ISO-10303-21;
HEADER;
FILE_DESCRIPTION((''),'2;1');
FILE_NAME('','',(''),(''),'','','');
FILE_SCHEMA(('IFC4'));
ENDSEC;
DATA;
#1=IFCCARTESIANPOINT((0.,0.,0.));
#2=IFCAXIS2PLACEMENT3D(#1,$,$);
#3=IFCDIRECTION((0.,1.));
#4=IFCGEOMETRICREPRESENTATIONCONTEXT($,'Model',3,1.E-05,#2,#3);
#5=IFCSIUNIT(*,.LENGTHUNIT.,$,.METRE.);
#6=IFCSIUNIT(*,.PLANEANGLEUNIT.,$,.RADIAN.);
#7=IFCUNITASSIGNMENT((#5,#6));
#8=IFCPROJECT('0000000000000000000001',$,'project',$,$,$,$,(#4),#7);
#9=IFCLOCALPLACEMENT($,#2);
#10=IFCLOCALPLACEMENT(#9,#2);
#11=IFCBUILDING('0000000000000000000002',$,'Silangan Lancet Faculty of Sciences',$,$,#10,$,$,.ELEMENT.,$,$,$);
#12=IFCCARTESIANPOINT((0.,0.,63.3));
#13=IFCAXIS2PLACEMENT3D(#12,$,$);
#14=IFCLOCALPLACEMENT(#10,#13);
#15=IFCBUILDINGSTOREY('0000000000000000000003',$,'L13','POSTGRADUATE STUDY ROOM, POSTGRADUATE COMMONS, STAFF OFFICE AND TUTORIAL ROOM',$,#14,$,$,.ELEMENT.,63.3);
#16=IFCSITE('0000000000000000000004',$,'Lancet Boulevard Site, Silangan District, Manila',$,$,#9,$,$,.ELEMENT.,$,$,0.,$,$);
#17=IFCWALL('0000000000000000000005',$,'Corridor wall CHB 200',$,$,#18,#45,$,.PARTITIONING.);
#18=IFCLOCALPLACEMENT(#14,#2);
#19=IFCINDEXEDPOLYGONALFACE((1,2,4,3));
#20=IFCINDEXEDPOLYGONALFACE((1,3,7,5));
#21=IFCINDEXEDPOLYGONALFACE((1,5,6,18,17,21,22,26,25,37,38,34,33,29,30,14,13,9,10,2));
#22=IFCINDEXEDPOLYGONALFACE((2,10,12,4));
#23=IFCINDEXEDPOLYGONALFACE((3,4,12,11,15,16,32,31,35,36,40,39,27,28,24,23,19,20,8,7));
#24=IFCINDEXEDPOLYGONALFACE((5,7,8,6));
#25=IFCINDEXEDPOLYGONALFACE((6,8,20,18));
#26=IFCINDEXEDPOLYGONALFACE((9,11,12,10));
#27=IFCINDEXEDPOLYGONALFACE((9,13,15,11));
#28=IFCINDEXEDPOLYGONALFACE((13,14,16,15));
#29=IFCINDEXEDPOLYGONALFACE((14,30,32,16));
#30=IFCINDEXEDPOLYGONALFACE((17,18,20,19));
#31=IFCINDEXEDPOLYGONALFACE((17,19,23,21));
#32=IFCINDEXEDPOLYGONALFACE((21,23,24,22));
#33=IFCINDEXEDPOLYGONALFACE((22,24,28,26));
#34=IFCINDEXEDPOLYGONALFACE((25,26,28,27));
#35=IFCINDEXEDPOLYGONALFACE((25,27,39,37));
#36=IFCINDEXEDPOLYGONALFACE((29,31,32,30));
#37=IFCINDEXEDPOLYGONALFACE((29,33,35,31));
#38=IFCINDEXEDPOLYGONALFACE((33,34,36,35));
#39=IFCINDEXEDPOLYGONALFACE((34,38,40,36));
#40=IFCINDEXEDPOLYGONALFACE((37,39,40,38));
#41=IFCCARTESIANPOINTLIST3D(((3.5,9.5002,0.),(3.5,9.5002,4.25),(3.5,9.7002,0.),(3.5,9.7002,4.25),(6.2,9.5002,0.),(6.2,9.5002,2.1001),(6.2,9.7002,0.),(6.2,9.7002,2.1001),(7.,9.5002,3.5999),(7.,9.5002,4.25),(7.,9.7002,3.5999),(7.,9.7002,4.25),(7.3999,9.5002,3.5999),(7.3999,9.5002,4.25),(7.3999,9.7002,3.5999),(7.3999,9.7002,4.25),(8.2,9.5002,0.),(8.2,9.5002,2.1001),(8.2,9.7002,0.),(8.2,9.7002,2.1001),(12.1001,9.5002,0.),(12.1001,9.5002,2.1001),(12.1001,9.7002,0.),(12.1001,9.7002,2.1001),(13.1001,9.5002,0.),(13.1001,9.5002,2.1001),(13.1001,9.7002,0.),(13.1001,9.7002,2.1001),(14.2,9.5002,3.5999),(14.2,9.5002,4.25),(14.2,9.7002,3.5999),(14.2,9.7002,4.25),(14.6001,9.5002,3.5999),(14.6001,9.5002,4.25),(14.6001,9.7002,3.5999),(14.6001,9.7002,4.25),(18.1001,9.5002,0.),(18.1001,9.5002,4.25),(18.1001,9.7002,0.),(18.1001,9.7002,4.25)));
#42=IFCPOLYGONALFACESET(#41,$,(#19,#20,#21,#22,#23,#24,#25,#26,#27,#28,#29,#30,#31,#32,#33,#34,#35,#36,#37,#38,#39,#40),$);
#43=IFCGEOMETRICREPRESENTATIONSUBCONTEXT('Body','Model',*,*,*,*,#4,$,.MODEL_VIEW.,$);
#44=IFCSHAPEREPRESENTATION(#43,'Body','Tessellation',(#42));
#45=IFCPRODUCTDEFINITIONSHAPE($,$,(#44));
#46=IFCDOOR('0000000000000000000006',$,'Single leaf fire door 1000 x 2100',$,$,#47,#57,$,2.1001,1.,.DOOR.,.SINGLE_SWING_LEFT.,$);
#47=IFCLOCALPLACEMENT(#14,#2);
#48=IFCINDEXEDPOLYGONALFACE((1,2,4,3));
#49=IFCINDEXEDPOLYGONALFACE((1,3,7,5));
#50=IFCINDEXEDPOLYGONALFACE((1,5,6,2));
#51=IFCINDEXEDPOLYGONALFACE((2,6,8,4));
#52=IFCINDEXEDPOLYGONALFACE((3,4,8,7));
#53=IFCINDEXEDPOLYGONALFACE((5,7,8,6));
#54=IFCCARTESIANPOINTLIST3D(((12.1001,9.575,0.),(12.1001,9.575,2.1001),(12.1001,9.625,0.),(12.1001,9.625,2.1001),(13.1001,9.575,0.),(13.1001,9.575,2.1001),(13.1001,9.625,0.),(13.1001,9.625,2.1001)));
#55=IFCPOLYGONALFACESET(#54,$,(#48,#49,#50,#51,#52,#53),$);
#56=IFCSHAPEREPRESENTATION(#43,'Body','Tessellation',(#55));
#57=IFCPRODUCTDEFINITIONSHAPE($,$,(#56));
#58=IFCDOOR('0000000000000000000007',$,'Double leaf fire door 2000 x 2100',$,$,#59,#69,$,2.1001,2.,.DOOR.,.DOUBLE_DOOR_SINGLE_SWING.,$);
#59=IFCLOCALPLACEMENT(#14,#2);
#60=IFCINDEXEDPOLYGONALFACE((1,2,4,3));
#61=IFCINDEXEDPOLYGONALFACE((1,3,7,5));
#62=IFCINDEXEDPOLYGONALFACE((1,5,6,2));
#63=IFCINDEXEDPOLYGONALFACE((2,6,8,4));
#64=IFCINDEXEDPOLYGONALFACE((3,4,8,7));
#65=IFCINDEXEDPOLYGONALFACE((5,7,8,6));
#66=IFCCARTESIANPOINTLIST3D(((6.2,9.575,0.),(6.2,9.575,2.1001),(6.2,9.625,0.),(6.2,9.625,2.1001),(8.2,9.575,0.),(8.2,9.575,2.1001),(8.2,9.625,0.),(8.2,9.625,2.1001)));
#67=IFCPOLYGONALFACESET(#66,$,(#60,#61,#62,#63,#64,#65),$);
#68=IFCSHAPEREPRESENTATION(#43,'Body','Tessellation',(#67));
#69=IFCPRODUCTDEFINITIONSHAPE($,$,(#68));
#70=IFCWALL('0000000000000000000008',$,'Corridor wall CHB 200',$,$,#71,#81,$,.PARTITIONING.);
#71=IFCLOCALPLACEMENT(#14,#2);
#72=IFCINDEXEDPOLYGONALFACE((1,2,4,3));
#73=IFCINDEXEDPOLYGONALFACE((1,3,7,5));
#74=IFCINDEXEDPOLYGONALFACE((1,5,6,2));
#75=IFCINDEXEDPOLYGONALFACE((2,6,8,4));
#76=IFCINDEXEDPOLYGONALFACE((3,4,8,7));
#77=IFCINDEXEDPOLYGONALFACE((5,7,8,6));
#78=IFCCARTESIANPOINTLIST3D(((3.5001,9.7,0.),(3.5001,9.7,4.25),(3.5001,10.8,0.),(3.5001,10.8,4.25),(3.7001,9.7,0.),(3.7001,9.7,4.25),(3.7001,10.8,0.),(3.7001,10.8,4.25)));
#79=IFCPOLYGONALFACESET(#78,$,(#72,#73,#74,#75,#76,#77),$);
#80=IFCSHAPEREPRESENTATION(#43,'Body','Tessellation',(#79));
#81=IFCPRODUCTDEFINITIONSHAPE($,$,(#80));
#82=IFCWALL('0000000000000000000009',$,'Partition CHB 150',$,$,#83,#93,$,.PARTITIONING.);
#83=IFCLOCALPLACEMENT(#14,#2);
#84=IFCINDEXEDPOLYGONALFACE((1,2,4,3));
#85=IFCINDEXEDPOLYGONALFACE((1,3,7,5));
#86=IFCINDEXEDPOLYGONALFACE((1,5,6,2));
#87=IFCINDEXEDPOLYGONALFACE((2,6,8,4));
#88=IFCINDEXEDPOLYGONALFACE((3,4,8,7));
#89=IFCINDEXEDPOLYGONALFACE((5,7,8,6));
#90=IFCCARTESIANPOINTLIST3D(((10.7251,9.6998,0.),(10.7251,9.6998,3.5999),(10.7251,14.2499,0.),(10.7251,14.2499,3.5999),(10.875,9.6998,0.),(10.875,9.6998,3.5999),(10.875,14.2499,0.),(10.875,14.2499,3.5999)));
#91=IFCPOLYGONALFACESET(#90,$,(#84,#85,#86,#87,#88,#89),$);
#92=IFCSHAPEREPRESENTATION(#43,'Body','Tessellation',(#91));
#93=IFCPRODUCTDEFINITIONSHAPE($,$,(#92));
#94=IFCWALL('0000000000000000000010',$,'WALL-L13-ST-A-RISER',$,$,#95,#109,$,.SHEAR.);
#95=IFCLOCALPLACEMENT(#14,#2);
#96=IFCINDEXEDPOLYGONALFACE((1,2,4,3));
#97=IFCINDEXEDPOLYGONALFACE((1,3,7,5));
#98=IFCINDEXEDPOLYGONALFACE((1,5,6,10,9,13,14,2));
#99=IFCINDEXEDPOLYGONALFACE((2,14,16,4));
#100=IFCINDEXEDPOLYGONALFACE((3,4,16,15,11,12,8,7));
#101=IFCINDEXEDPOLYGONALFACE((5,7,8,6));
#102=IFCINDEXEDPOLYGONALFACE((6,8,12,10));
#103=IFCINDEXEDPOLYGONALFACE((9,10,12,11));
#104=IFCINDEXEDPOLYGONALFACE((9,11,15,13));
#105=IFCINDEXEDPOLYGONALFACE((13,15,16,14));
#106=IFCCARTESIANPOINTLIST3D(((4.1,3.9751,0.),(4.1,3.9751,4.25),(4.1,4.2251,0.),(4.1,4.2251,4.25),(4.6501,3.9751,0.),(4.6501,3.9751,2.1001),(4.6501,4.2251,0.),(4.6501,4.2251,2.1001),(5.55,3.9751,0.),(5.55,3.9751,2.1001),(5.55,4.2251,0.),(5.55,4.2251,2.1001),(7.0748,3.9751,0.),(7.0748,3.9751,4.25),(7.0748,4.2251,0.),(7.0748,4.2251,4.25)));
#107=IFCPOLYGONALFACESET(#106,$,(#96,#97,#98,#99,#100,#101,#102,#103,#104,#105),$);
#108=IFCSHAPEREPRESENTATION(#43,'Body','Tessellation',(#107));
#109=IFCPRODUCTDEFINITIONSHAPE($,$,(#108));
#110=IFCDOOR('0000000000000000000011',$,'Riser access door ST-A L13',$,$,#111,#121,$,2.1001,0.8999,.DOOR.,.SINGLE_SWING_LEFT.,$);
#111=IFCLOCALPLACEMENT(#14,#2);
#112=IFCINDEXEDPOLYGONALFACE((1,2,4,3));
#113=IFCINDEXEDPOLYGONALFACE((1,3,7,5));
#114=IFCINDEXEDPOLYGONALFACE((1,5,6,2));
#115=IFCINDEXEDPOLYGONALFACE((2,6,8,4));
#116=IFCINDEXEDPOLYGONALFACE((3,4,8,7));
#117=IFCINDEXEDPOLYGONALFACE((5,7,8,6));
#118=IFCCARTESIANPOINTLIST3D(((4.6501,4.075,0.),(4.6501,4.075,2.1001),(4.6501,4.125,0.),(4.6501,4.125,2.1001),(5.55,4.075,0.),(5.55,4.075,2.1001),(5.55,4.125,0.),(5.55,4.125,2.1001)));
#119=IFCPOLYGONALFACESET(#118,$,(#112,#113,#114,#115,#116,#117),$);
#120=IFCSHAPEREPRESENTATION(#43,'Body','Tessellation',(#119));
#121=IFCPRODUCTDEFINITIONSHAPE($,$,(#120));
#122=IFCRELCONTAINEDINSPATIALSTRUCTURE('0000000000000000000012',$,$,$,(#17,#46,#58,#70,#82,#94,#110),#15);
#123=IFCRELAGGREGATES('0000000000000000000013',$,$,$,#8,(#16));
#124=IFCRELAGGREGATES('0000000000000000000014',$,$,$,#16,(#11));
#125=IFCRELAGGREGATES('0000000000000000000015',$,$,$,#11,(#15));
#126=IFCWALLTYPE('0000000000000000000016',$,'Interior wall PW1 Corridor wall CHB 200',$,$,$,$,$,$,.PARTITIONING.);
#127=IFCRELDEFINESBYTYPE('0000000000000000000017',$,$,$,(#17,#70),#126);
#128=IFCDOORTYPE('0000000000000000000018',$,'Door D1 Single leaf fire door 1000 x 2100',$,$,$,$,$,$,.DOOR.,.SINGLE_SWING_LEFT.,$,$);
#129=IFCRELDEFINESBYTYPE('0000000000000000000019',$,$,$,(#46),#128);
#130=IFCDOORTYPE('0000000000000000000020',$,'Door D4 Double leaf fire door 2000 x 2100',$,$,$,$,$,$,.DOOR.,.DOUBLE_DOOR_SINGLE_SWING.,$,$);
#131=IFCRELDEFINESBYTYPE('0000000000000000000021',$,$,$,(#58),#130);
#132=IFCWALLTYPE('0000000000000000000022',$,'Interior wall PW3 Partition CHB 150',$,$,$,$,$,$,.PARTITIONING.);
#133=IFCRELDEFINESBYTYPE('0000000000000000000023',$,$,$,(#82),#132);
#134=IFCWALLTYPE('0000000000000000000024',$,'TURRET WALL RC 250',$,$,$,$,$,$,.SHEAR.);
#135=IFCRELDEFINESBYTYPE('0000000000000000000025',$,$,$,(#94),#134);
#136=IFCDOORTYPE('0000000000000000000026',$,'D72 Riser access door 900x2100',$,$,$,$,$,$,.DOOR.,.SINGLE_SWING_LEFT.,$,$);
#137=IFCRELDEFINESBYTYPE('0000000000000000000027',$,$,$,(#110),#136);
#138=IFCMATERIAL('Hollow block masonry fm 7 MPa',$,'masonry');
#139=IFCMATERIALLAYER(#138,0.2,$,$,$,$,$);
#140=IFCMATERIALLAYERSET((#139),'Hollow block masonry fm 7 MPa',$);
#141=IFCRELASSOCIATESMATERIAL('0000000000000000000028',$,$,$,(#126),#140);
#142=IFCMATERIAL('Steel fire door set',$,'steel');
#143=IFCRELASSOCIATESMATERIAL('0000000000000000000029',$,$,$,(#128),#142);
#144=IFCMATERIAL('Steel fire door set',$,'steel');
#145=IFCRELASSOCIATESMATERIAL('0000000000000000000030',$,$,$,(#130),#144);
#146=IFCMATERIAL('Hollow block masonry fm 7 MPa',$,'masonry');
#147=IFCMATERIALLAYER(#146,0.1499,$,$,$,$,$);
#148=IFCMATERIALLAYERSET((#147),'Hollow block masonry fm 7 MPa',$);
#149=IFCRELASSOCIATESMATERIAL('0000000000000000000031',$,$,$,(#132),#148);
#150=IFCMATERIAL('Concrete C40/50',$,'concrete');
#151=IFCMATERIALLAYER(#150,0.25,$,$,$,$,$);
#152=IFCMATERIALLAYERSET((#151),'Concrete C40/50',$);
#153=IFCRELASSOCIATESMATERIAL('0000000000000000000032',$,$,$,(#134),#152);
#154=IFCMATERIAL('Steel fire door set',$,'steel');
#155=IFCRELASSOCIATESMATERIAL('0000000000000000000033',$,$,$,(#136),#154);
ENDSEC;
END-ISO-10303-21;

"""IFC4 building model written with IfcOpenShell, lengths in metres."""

from ifc_helpers import new_model, si_unit, direction, frame, frame_2d, origin, place, context, subcontext, project, spatial, polyline, rectangle, outline, extrude, material, layer, layer_set, type_object, element, fill, save


model = new_model("IFC4")

# Units and contexts
model_context = context("Model", 3, precision=1e-05, world=origin(), true_north=direction((0.0, 1.0)))
body_context = subcontext(model_context, "Body", "Model", "MODEL_VIEW")
ifc_project = project(units=[si_unit("LENGTHUNIT", "METRE"), si_unit("PLANEANGLEUNIT", "RADIAN")], contexts=[model_context])

# Site, building, storey
site_placement = place(None, origin())
site = spatial("IfcSite", under=ifc_project, at=site_placement, Name="Lancet Boulevard Site, Silangan District, Manila", CompositionType="ELEMENT", RefElevation=0.0)
building_placement = place(site_placement, origin())
building = spatial("IfcBuilding", under=site, at=building_placement, Name="Silangan Lancet Faculty of Sciences", CompositionType="ELEMENT")
storey_placement = place(building_placement, frame((0.0, 0.0, 63.3)))
storey = spatial("IfcBuildingStorey", under=building, at=storey_placement, Name="L13", Description="POSTGRADUATE STUDY ROOM, POSTGRADUATE COMMONS, STAFF OFFICE AND TUTORIAL ROOM", CompositionType="ELEMENT", Elevation=63.3)

# Shared definitions
ifc_material_1 = material(Name="Hollow block masonry fm 7 MPa", Category="masonry")
ifc_layer_1 = layer(ifc_material_1, 0.2)
ifc_layer_set_1 = layer_set([ifc_layer_1], Name="Hollow block masonry fm 7 MPa")
wall_type_1 = type_object("IfcWallType", Name="Interior wall PW1 Corridor wall CHB 200", PredefinedType="PARTITIONING", material=ifc_layer_set_1)
ifc_material_2 = material(Name="Steel fire door set", Category="steel")
door_type_1 = type_object("IfcDoorType", Name="Door D1 Single leaf fire door 1000 x 2100", OperationType="SINGLE_SWING_LEFT", PredefinedType="DOOR", material=ifc_material_2)

# Wall, openings, doors
wall_1_placement = place(storey_placement, frame((3.5, 9.6001, 0.0), z_axis=(0.0, 0.0, 1.0), x_axis=(1.0, 0.0, 0.0)))
wall_1 = element("IfcWall", 1, at=wall_1_placement, inside=storey, type_object=wall_type_1, Name="Corridor wall CHB 200", PredefinedType="PARTITIONING", context=body_context, shape_type="SweptSolid", body=[
    extrude(outline(polyline([(0.0, 0.0), (14.6001, 0.0), (14.6001, 4.25), (11.1001, 4.25), (11.1001, 3.5999), (10.7, 3.5999), (10.7, 4.25), (3.8999, 4.25), (3.8999, 3.5999), (3.5, 3.5999), (3.5, 4.25), (0.0, 4.25), (0.0, 0.0)])), frame((0.0, 0.1001, 0.0), z_axis=(0.0, -1.0, 0.0), x_axis=(1.0, 0.0, 0.0)), (0.0, 0.0, 1.0), 0.2),
])
opening_1_placement = place(wall_1_placement, frame((2.7, 0.0, 0.0)))
opening_1 = element("IfcOpeningElement", 2, at=opening_1_placement, cuts=wall_1, PredefinedType="OPENING", context=body_context, shape_type="SweptSolid", body=[
    extrude(rectangle(XDim=2.0, YDim=2.1001, at=frame_2d((1.0, 1.05))), frame((0.0, 0.1099, 0.0), z_axis=(0.0, -1.0, 0.0), x_axis=(1.0, 0.0, 0.0)), (0.0, 0.0, 1.0), 0.22),
])
opening_2_placement = place(wall_1_placement, frame((8.6001, 0.0, 0.0)))
opening_2 = element("IfcOpeningElement", 3, at=opening_2_placement, cuts=wall_1, PredefinedType="OPENING", context=body_context, shape_type="SweptSolid", body=[
    extrude(rectangle(XDim=1.0, YDim=2.1001, at=frame_2d((0.5, 1.05))), frame((0.0, 0.1099, 0.0), z_axis=(0.0, -1.0, 0.0), x_axis=(1.0, 0.0, 0.0)), (0.0, 0.0, 1.0), 0.22),
])
door_1_placement = place(opening_2_placement, origin())
door_1 = element("IfcDoor", 4, at=door_1_placement, inside=storey, type_object=door_type_1, Name="Single leaf fire door 1000 x 2100", OperationType="SINGLE_SWING_LEFT", OverallHeight=2.1001, OverallWidth=1.0, PredefinedType="DOOR", context=body_context, shape_type="SweptSolid", body=[
    extrude(rectangle(XDim=1.0, YDim=2.1001, at=frame_2d((0.5, 1.05))), frame((0.0, 0.0249, 0.0), z_axis=(0.0, -1.0, 0.0), x_axis=(1.0, 0.0, 0.0)), (0.0, 0.0, 1.0), 0.05),
])
fill(opening_2, door_1)
ifc_material_3 = material(Name="Steel fire door set", Category="steel")
door_type_2 = type_object("IfcDoorType", Name="Door D4 Double leaf fire door 2000 x 2100", OperationType="DOUBLE_DOOR_SINGLE_SWING", PredefinedType="DOOR", material=ifc_material_3)
door_2_placement = place(opening_1_placement, origin())
door_2 = element("IfcDoor", 5, at=door_2_placement, inside=storey, type_object=door_type_2, Name="Double leaf fire door 2000 x 2100", OperationType="DOUBLE_DOOR_SINGLE_SWING", OverallHeight=2.1001, OverallWidth=2.0, PredefinedType="DOOR", context=body_context, shape_type="SweptSolid", body=[
    extrude(rectangle(XDim=2.0, YDim=2.1001, at=frame_2d((1.0, 1.05))), frame((0.0, 0.0249, 0.0), z_axis=(0.0, -1.0, 0.0), x_axis=(1.0, 0.0, 0.0)), (0.0, 0.0, 1.0), 0.05),
])
fill(opening_1, door_2)

# Walls
wall_2_placement = place(storey_placement, frame((3.6001, 9.7, 0.0), z_axis=(0.0, 0.0, 1.0), x_axis=(0.0, 1.0, 0.0)))
element("IfcWall", 6, at=wall_2_placement, inside=storey, type_object=wall_type_1, Name="Corridor wall CHB 200", PredefinedType="PARTITIONING", context=body_context, shape_type="SweptSolid", body=[
    extrude(rectangle(XDim=1.1001, YDim=0.2, at=frame_2d((0.55, 0.0))), origin(), (0.0, 0.0, 1.0), 4.25),
])
ifc_material_4 = material(Name="Hollow block masonry fm 7 MPa", Category="masonry")
ifc_layer_2 = layer(ifc_material_4, 0.1499)
ifc_layer_set_2 = layer_set([ifc_layer_2], Name="Hollow block masonry fm 7 MPa")
wall_type_2 = type_object("IfcWallType", Name="Interior wall PW3 Partition CHB 150", PredefinedType="PARTITIONING", material=ifc_layer_set_2)
wall_3_placement = place(storey_placement, frame((10.8, 9.7, 0.0), z_axis=(0.0, 0.0, 1.0), x_axis=(0.0, 1.0, 0.0)))
element("IfcWall", 7, at=wall_3_placement, inside=storey, type_object=wall_type_2, Name="Partition CHB 150", PredefinedType="PARTITIONING", context=body_context, shape_type="SweptSolid", body=[
    extrude(rectangle(XDim=4.55, YDim=0.1499, at=frame_2d((2.2749, 0.0))), origin(), (0.0, 0.0, 1.0), 3.5999),
])

# Wall, opening, door
ifc_material_5 = material(Name="Concrete C40/50", Category="concrete")
ifc_layer_3 = layer(ifc_material_5, 0.25)
ifc_layer_set_3 = layer_set([ifc_layer_3], Name="Concrete C40/50")
wall_type_3 = type_object("IfcWallType", Name="TURRET WALL RC 250", PredefinedType="SHEAR", material=ifc_layer_set_3)
wall_4_placement = place(storey_placement, frame((4.1001, 4.1001, 0.0), z_axis=(0.0, 0.0, 1.0), x_axis=(1.0, 0.0, 0.0)))
wall_4 = element("IfcWall", 8, at=wall_4_placement, inside=storey, type_object=wall_type_3, Name="WALL-L13-ST-A-RISER", PredefinedType="SHEAR", context=body_context, shape_type="SweptSolid", body=[
    extrude(rectangle(XDim=2.9749, YDim=0.25, at=frame_2d((1.4873, 0.0))), origin(), (0.0, 0.0, 1.0), 4.25),
])
opening_3_placement = place(wall_4_placement, frame((0.55, 0.0, 0.0)))
opening_3 = element("IfcOpeningElement", 9, at=opening_3_placement, cuts=wall_4, PredefinedType="OPENING", context=body_context, shape_type="SweptSolid", body=[
    extrude(rectangle(XDim=0.8999, YDim=2.1001, at=frame_2d((0.45, 1.05))), frame((0.0, 0.135, 0.0), z_axis=(0.0, -1.0, 0.0), x_axis=(1.0, 0.0, 0.0)), (0.0, 0.0, 1.0), 0.27),
])
ifc_material_6 = material(Name="Steel fire door set", Category="steel")
door_type_3 = type_object("IfcDoorType", Name="D72 Riser access door 900x2100", OperationType="SINGLE_SWING_LEFT", PredefinedType="DOOR", material=ifc_material_6)
door_3_placement = place(opening_3_placement, frame((0.8999, 0.0, 0.0), z_axis=(0.0, 0.0, 1.0), x_axis=(-1.0, 0.0, 0.0)))
door_3 = element("IfcDoor", 10, at=door_3_placement, inside=storey, type_object=door_type_3, Name="Riser access door ST-A L13", OperationType="SINGLE_SWING_LEFT", OverallHeight=2.1001, OverallWidth=0.8999, PredefinedType="DOOR", context=body_context, shape_type="SweptSolid", body=[
    extrude(rectangle(XDim=0.8999, YDim=2.1001, at=frame_2d((0.45, 1.05))), frame((0.0, 0.0251, 0.0), z_axis=(0.0, -1.0, 0.0), x_axis=(1.0, 0.0, 0.0)), (0.0, 0.0, 1.0), 0.05),
])
fill(opening_3, door_3)

save(model, "model.ifc")
